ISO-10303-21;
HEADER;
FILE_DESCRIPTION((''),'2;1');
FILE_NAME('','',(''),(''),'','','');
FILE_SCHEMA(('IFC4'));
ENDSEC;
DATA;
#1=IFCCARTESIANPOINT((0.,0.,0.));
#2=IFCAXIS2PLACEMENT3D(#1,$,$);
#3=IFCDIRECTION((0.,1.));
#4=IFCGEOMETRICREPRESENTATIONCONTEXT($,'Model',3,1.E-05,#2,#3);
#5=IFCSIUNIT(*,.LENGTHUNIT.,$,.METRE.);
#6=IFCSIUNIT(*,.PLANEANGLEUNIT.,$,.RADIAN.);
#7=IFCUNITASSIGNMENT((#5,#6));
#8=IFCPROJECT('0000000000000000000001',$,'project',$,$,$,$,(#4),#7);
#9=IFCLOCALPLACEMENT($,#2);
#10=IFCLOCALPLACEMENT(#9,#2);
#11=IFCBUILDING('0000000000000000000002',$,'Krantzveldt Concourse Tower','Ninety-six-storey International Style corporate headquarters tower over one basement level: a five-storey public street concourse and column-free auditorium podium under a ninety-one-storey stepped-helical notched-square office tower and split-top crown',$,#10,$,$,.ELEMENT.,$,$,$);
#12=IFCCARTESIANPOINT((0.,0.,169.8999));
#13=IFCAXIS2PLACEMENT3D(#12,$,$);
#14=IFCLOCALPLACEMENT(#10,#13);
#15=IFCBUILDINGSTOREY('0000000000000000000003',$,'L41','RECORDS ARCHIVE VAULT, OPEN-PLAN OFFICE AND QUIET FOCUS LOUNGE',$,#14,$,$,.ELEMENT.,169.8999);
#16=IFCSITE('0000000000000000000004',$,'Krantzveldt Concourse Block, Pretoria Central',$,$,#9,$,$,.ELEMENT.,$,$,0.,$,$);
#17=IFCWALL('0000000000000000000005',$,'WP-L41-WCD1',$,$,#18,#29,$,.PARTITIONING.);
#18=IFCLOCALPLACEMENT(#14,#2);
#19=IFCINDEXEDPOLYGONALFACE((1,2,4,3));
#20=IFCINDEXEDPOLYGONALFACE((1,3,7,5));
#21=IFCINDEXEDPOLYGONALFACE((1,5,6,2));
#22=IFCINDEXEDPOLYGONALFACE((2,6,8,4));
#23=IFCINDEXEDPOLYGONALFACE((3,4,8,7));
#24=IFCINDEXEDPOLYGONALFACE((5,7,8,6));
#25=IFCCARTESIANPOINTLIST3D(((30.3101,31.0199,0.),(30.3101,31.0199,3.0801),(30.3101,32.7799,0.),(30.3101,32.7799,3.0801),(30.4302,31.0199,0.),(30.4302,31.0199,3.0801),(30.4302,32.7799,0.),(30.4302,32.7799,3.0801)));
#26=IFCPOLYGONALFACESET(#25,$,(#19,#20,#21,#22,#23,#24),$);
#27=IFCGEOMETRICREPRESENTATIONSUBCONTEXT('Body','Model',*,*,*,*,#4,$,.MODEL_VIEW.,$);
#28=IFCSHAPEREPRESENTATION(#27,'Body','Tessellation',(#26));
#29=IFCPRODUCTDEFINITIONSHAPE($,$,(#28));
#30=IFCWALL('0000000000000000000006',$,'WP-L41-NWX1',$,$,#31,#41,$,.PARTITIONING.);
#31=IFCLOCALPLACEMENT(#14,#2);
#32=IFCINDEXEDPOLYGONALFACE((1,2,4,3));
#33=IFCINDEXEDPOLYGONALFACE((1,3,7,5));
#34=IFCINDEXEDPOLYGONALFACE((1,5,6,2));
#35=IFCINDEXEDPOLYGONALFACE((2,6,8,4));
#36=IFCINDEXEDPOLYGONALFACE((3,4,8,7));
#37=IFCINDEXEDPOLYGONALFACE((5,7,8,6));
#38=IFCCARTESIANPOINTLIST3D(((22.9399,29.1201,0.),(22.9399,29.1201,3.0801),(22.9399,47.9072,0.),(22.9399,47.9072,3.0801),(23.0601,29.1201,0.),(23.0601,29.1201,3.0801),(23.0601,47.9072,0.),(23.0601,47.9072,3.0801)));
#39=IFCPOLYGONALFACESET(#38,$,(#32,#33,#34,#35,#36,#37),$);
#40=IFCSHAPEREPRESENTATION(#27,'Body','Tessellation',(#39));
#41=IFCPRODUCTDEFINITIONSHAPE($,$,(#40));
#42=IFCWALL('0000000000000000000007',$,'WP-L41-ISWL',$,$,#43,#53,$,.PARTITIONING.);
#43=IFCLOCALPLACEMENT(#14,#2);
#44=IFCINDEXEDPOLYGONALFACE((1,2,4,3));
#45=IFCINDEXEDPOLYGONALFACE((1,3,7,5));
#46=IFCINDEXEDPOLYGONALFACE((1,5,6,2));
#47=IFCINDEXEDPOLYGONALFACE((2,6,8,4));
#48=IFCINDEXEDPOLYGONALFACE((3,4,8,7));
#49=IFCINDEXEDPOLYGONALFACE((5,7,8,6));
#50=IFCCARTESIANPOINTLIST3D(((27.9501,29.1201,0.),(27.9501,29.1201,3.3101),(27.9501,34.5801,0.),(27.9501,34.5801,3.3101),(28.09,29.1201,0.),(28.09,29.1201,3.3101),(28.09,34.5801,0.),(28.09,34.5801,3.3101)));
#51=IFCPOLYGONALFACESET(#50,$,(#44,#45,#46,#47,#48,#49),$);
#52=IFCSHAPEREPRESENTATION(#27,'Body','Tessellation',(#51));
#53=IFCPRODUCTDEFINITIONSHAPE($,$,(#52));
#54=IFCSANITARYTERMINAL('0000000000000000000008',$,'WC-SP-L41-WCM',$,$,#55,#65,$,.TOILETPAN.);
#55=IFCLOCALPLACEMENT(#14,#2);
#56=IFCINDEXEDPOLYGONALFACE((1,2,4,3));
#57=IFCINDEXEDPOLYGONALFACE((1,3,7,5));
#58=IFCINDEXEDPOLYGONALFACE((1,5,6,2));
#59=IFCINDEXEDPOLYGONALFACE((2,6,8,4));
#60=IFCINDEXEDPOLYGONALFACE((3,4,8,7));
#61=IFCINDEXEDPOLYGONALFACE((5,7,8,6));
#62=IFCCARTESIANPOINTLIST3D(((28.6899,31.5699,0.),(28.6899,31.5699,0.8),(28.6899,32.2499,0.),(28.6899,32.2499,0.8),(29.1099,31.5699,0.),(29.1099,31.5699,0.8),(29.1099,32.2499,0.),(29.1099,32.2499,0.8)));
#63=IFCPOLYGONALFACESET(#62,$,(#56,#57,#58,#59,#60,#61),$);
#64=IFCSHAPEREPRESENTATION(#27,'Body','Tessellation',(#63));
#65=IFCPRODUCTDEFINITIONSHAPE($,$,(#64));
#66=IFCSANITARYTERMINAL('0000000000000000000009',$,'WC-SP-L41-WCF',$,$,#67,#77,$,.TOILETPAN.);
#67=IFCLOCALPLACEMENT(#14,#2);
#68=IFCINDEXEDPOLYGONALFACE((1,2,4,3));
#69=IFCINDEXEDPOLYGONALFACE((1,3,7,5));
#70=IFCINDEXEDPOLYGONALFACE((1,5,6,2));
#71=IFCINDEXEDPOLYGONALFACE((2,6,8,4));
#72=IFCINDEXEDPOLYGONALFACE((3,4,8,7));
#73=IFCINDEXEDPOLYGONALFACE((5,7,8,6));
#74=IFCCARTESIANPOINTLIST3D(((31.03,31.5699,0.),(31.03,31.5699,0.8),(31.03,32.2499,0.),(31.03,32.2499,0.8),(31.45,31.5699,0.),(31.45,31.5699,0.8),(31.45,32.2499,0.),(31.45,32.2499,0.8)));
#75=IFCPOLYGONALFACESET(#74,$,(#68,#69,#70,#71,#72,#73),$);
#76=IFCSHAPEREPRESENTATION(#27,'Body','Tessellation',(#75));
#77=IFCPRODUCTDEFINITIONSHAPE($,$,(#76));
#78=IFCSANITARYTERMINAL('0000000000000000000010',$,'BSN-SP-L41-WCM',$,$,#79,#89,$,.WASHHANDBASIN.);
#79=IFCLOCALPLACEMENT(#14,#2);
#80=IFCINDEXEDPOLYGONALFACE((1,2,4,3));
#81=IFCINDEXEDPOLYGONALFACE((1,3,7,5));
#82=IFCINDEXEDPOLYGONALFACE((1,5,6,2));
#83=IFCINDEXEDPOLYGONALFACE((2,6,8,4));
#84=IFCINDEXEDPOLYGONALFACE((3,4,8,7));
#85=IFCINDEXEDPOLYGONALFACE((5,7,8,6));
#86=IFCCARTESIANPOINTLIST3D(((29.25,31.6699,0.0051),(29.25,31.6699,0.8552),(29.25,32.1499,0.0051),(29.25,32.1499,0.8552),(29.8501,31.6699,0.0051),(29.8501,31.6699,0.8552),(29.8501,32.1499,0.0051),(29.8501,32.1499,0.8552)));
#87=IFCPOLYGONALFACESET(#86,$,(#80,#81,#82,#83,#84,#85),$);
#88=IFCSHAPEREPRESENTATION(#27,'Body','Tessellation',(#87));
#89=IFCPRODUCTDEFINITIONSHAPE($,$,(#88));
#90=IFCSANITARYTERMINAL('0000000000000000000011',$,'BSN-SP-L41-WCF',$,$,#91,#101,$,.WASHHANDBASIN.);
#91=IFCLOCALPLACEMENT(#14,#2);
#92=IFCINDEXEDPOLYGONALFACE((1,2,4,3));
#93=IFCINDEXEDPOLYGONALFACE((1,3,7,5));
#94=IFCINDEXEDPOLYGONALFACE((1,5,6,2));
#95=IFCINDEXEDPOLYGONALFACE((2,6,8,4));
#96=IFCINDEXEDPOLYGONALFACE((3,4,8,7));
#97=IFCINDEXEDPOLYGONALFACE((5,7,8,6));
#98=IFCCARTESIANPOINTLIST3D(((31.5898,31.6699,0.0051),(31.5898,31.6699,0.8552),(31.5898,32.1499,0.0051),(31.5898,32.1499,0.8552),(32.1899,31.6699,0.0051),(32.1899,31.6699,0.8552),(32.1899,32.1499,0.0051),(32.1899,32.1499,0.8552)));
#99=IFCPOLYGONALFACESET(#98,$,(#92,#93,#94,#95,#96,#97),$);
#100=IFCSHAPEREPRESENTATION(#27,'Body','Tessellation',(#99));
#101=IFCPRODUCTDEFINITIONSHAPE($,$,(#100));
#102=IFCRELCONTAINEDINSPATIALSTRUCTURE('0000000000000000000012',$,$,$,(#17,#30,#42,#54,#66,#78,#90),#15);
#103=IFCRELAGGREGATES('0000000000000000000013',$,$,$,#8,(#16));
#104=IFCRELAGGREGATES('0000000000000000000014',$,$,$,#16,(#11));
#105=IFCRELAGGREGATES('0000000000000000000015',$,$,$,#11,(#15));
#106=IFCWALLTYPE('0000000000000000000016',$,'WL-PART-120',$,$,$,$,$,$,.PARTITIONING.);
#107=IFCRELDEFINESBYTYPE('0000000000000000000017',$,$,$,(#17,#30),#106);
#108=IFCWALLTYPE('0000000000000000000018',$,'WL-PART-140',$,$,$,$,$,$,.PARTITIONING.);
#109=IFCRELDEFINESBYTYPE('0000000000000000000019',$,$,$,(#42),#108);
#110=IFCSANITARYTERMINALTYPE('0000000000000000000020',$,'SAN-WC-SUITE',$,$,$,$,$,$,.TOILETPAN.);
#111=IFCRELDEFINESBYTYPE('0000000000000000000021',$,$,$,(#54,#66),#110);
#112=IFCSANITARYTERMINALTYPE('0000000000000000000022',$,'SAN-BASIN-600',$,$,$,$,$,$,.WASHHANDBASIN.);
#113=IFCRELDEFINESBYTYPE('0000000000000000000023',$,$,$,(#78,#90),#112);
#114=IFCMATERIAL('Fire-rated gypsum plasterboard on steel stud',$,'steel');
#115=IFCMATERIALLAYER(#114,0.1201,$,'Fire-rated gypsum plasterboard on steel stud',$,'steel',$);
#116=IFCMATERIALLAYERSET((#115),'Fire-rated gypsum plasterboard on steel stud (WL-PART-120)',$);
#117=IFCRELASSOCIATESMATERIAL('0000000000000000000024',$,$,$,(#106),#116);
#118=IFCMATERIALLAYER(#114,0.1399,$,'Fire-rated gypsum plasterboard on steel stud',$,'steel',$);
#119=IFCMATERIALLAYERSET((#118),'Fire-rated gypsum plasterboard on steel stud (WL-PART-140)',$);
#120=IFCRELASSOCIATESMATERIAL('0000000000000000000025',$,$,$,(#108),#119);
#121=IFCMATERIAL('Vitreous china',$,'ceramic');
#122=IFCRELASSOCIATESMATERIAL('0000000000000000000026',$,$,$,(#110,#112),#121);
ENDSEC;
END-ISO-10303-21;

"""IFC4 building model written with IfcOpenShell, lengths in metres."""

from ifc_helpers import new_model, si_unit, direction, frame, frame_2d, origin, origin_2d, place, context, subcontext, project, spatial, rectangle, extrude, source, transform, mapped, material, layer, layer_set, type_object, type_shapes, element, save


model = new_model("IFC4")

# Units and contexts
model_context = context("Model", 3, precision=1e-05, world=origin(), true_north=direction((0.0, 1.0)))
body_context = subcontext(model_context, "Body", "Model", "MODEL_VIEW")
ifc_project = project(units=[si_unit("LENGTHUNIT", "METRE"), si_unit("PLANEANGLEUNIT", "RADIAN")], contexts=[model_context])

# Site, building, storey
site_placement = place(None, origin())
site = spatial("IfcSite", under=ifc_project, at=site_placement, Name="Krantzveldt Concourse Block, Pretoria Central", CompositionType="ELEMENT", RefElevation=0.0)
building_placement = place(site_placement, origin())
building = spatial("IfcBuilding", under=site, at=building_placement, Name="Krantzveldt Concourse Tower", Description="Ninety-six-storey International Style corporate headquarters tower over one basement level: a five-storey public street concourse and column-free auditorium podium under a ninety-one-storey stepped-helical notched-square office tower and split-top crown", CompositionType="ELEMENT")
storey_placement = place(building_placement, frame((0.0, 0.0, 169.8999)))
storey = spatial("IfcBuildingStorey", under=building, at=storey_placement, Name="L41", Description="RECORDS ARCHIVE VAULT, OPEN-PLAN OFFICE AND QUIET FOCUS LOUNGE", CompositionType="ELEMENT", Elevation=169.8999)

# Shared definitions
ifc_material_1 = material(Name="Fire-rated gypsum plasterboard on steel stud", Category="steel")
ifc_layer_1 = layer(ifc_material_1, 0.1201, Name="Fire-rated gypsum plasterboard on steel stud", Category="steel")
ifc_layer_set_1 = layer_set([ifc_layer_1], Name="Fire-rated gypsum plasterboard on steel stud (WL-PART-120)")
wall_type_1 = type_object("IfcWallType", Name="WL-PART-120", PredefinedType="PARTITIONING", material=ifc_layer_set_1)

# Walls
wall_1_placement = place(storey_placement, frame((30.3701, 31.02, 0.0), z_axis=(0.0, 0.0, 1.0), x_axis=(0.0, 1.0, 0.0)))
element("IfcWall", 1, at=wall_1_placement, inside=storey, type_object=wall_type_1, Name="WP-L41-WCD1", PredefinedType="PARTITIONING", context=body_context, shape_type="SweptSolid", body=[
    extrude(rectangle(XDim=1.76, YDim=0.1201, at=frame_2d((0.8799, 0.0))), origin(), (0.0, 0.0, 1.0), 3.0801),
])
wall_2_placement = place(storey_placement, frame((23.0, 29.1201, 0.0), z_axis=(0.0, 0.0, 1.0), x_axis=(0.0, 1.0, 0.0)))
element("IfcWall", 2, at=wall_2_placement, inside=storey, type_object=wall_type_1, Name="WP-L41-NWX1", PredefinedType="PARTITIONING", context=body_context, shape_type="SweptSolid", body=[
    extrude(rectangle(XDim=18.7871, YDim=0.1201, at=frame_2d((9.3936, 0.0))), origin(), (0.0, 0.0, 1.0), 3.0801),
])
ifc_layer_2 = layer(ifc_material_1, 0.1399, Name="Fire-rated gypsum plasterboard on steel stud", Category="steel")
ifc_layer_set_2 = layer_set([ifc_layer_2], Name="Fire-rated gypsum plasterboard on steel stud (WL-PART-140)")
wall_type_2 = type_object("IfcWallType", Name="WL-PART-140", PredefinedType="PARTITIONING", material=ifc_layer_set_2)
wall_3_placement = place(storey_placement, frame((28.02, 29.1201, 0.0), z_axis=(0.0, 0.0, 1.0), x_axis=(0.0, 1.0, 0.0)))
element("IfcWall", 3, at=wall_3_placement, inside=storey, type_object=wall_type_2, Name="WP-L41-ISWL", PredefinedType="PARTITIONING", context=body_context, shape_type="SweptSolid", body=[
    extrude(rectangle(XDim=5.46, YDim=0.1399, at=frame_2d((2.73, 0.0))), origin(), (0.0, 0.0, 1.0), 3.3101),
])

# Sanitary terminals
ifc_material_2 = material(Name="Vitreous china", Category="ceramic")
sanitary_terminal_type_1 = type_object("IfcSanitaryTerminalType", Name="SAN-WC-SUITE", PredefinedType="TOILETPAN", material=ifc_material_2)
shared_shape_1 = source(origin(), body_context, "Body", "SweptSolid", [
    extrude(rectangle(XDim=0.4199, YDim=0.6799, at=origin_2d()), origin(), (0.0, 0.0, 1.0), 0.8),
])
type_shapes(sanitary_terminal_type_1, [shared_shape_1])
for number, where, z_axis, x_axis, name in (
    (4, (28.8999, 31.9099, 0.0), (0.0, 0.0, 1.0), (1.0, 0.0, 0.0), "WC-SP-L41-WCM"),
    (5, (31.24, 31.9099, 0.0), (0.0, 0.0, 1.0), (1.0, 0.0, 0.0), "WC-SP-L41-WCF"),
):
    element("IfcSanitaryTerminal", number, at=place(storey_placement, frame(where, z_axis=z_axis, x_axis=x_axis)), inside=storey, type_object=sanitary_terminal_type_1, Name=name, PredefinedType="TOILETPAN", context=body_context, shape_type="MappedRepresentation", body=[
        mapped(shared_shape_1, transform((0.0, 0.0, 0.0), x_axis=(1.0, 0.0, 0.0), y_axis=(0.0, 1.0, 0.0), z_axis=(0.0, 0.0, 1.0), scale=1.0)),
    ])
sanitary_terminal_type_2 = type_object("IfcSanitaryTerminalType", Name="SAN-BASIN-600", PredefinedType="WASHHANDBASIN", material=ifc_material_2)
shared_shape_2 = source(origin(), body_context, "Body", "SweptSolid", [
    extrude(rectangle(XDim=0.6001, YDim=0.48, at=origin_2d()), origin(), (0.0, 0.0, 1.0), 0.8501),
])
type_shapes(sanitary_terminal_type_2, [shared_shape_2])
for number, where, z_axis, x_axis, name in (
    (6, (29.55, 31.9099, 0.0051), (0.0, 0.0, 1.0), (1.0, 0.0, 0.0), "BSN-SP-L41-WCM"),
    (7, (31.8899, 31.9099, 0.0051), (0.0, 0.0, 1.0), (1.0, 0.0, 0.0), "BSN-SP-L41-WCF"),
):
    element("IfcSanitaryTerminal", number, at=place(storey_placement, frame(where, z_axis=z_axis, x_axis=x_axis)), inside=storey, type_object=sanitary_terminal_type_2, Name=name, PredefinedType="WASHHANDBASIN", context=body_context, shape_type="MappedRepresentation", body=[
        mapped(shared_shape_2, transform((0.0, 0.0, 0.0), x_axis=(1.0, 0.0, 0.0), y_axis=(0.0, 1.0, 0.0), z_axis=(0.0, 0.0, 1.0), scale=1.0)),
    ])

save(model, "model.ifc")
